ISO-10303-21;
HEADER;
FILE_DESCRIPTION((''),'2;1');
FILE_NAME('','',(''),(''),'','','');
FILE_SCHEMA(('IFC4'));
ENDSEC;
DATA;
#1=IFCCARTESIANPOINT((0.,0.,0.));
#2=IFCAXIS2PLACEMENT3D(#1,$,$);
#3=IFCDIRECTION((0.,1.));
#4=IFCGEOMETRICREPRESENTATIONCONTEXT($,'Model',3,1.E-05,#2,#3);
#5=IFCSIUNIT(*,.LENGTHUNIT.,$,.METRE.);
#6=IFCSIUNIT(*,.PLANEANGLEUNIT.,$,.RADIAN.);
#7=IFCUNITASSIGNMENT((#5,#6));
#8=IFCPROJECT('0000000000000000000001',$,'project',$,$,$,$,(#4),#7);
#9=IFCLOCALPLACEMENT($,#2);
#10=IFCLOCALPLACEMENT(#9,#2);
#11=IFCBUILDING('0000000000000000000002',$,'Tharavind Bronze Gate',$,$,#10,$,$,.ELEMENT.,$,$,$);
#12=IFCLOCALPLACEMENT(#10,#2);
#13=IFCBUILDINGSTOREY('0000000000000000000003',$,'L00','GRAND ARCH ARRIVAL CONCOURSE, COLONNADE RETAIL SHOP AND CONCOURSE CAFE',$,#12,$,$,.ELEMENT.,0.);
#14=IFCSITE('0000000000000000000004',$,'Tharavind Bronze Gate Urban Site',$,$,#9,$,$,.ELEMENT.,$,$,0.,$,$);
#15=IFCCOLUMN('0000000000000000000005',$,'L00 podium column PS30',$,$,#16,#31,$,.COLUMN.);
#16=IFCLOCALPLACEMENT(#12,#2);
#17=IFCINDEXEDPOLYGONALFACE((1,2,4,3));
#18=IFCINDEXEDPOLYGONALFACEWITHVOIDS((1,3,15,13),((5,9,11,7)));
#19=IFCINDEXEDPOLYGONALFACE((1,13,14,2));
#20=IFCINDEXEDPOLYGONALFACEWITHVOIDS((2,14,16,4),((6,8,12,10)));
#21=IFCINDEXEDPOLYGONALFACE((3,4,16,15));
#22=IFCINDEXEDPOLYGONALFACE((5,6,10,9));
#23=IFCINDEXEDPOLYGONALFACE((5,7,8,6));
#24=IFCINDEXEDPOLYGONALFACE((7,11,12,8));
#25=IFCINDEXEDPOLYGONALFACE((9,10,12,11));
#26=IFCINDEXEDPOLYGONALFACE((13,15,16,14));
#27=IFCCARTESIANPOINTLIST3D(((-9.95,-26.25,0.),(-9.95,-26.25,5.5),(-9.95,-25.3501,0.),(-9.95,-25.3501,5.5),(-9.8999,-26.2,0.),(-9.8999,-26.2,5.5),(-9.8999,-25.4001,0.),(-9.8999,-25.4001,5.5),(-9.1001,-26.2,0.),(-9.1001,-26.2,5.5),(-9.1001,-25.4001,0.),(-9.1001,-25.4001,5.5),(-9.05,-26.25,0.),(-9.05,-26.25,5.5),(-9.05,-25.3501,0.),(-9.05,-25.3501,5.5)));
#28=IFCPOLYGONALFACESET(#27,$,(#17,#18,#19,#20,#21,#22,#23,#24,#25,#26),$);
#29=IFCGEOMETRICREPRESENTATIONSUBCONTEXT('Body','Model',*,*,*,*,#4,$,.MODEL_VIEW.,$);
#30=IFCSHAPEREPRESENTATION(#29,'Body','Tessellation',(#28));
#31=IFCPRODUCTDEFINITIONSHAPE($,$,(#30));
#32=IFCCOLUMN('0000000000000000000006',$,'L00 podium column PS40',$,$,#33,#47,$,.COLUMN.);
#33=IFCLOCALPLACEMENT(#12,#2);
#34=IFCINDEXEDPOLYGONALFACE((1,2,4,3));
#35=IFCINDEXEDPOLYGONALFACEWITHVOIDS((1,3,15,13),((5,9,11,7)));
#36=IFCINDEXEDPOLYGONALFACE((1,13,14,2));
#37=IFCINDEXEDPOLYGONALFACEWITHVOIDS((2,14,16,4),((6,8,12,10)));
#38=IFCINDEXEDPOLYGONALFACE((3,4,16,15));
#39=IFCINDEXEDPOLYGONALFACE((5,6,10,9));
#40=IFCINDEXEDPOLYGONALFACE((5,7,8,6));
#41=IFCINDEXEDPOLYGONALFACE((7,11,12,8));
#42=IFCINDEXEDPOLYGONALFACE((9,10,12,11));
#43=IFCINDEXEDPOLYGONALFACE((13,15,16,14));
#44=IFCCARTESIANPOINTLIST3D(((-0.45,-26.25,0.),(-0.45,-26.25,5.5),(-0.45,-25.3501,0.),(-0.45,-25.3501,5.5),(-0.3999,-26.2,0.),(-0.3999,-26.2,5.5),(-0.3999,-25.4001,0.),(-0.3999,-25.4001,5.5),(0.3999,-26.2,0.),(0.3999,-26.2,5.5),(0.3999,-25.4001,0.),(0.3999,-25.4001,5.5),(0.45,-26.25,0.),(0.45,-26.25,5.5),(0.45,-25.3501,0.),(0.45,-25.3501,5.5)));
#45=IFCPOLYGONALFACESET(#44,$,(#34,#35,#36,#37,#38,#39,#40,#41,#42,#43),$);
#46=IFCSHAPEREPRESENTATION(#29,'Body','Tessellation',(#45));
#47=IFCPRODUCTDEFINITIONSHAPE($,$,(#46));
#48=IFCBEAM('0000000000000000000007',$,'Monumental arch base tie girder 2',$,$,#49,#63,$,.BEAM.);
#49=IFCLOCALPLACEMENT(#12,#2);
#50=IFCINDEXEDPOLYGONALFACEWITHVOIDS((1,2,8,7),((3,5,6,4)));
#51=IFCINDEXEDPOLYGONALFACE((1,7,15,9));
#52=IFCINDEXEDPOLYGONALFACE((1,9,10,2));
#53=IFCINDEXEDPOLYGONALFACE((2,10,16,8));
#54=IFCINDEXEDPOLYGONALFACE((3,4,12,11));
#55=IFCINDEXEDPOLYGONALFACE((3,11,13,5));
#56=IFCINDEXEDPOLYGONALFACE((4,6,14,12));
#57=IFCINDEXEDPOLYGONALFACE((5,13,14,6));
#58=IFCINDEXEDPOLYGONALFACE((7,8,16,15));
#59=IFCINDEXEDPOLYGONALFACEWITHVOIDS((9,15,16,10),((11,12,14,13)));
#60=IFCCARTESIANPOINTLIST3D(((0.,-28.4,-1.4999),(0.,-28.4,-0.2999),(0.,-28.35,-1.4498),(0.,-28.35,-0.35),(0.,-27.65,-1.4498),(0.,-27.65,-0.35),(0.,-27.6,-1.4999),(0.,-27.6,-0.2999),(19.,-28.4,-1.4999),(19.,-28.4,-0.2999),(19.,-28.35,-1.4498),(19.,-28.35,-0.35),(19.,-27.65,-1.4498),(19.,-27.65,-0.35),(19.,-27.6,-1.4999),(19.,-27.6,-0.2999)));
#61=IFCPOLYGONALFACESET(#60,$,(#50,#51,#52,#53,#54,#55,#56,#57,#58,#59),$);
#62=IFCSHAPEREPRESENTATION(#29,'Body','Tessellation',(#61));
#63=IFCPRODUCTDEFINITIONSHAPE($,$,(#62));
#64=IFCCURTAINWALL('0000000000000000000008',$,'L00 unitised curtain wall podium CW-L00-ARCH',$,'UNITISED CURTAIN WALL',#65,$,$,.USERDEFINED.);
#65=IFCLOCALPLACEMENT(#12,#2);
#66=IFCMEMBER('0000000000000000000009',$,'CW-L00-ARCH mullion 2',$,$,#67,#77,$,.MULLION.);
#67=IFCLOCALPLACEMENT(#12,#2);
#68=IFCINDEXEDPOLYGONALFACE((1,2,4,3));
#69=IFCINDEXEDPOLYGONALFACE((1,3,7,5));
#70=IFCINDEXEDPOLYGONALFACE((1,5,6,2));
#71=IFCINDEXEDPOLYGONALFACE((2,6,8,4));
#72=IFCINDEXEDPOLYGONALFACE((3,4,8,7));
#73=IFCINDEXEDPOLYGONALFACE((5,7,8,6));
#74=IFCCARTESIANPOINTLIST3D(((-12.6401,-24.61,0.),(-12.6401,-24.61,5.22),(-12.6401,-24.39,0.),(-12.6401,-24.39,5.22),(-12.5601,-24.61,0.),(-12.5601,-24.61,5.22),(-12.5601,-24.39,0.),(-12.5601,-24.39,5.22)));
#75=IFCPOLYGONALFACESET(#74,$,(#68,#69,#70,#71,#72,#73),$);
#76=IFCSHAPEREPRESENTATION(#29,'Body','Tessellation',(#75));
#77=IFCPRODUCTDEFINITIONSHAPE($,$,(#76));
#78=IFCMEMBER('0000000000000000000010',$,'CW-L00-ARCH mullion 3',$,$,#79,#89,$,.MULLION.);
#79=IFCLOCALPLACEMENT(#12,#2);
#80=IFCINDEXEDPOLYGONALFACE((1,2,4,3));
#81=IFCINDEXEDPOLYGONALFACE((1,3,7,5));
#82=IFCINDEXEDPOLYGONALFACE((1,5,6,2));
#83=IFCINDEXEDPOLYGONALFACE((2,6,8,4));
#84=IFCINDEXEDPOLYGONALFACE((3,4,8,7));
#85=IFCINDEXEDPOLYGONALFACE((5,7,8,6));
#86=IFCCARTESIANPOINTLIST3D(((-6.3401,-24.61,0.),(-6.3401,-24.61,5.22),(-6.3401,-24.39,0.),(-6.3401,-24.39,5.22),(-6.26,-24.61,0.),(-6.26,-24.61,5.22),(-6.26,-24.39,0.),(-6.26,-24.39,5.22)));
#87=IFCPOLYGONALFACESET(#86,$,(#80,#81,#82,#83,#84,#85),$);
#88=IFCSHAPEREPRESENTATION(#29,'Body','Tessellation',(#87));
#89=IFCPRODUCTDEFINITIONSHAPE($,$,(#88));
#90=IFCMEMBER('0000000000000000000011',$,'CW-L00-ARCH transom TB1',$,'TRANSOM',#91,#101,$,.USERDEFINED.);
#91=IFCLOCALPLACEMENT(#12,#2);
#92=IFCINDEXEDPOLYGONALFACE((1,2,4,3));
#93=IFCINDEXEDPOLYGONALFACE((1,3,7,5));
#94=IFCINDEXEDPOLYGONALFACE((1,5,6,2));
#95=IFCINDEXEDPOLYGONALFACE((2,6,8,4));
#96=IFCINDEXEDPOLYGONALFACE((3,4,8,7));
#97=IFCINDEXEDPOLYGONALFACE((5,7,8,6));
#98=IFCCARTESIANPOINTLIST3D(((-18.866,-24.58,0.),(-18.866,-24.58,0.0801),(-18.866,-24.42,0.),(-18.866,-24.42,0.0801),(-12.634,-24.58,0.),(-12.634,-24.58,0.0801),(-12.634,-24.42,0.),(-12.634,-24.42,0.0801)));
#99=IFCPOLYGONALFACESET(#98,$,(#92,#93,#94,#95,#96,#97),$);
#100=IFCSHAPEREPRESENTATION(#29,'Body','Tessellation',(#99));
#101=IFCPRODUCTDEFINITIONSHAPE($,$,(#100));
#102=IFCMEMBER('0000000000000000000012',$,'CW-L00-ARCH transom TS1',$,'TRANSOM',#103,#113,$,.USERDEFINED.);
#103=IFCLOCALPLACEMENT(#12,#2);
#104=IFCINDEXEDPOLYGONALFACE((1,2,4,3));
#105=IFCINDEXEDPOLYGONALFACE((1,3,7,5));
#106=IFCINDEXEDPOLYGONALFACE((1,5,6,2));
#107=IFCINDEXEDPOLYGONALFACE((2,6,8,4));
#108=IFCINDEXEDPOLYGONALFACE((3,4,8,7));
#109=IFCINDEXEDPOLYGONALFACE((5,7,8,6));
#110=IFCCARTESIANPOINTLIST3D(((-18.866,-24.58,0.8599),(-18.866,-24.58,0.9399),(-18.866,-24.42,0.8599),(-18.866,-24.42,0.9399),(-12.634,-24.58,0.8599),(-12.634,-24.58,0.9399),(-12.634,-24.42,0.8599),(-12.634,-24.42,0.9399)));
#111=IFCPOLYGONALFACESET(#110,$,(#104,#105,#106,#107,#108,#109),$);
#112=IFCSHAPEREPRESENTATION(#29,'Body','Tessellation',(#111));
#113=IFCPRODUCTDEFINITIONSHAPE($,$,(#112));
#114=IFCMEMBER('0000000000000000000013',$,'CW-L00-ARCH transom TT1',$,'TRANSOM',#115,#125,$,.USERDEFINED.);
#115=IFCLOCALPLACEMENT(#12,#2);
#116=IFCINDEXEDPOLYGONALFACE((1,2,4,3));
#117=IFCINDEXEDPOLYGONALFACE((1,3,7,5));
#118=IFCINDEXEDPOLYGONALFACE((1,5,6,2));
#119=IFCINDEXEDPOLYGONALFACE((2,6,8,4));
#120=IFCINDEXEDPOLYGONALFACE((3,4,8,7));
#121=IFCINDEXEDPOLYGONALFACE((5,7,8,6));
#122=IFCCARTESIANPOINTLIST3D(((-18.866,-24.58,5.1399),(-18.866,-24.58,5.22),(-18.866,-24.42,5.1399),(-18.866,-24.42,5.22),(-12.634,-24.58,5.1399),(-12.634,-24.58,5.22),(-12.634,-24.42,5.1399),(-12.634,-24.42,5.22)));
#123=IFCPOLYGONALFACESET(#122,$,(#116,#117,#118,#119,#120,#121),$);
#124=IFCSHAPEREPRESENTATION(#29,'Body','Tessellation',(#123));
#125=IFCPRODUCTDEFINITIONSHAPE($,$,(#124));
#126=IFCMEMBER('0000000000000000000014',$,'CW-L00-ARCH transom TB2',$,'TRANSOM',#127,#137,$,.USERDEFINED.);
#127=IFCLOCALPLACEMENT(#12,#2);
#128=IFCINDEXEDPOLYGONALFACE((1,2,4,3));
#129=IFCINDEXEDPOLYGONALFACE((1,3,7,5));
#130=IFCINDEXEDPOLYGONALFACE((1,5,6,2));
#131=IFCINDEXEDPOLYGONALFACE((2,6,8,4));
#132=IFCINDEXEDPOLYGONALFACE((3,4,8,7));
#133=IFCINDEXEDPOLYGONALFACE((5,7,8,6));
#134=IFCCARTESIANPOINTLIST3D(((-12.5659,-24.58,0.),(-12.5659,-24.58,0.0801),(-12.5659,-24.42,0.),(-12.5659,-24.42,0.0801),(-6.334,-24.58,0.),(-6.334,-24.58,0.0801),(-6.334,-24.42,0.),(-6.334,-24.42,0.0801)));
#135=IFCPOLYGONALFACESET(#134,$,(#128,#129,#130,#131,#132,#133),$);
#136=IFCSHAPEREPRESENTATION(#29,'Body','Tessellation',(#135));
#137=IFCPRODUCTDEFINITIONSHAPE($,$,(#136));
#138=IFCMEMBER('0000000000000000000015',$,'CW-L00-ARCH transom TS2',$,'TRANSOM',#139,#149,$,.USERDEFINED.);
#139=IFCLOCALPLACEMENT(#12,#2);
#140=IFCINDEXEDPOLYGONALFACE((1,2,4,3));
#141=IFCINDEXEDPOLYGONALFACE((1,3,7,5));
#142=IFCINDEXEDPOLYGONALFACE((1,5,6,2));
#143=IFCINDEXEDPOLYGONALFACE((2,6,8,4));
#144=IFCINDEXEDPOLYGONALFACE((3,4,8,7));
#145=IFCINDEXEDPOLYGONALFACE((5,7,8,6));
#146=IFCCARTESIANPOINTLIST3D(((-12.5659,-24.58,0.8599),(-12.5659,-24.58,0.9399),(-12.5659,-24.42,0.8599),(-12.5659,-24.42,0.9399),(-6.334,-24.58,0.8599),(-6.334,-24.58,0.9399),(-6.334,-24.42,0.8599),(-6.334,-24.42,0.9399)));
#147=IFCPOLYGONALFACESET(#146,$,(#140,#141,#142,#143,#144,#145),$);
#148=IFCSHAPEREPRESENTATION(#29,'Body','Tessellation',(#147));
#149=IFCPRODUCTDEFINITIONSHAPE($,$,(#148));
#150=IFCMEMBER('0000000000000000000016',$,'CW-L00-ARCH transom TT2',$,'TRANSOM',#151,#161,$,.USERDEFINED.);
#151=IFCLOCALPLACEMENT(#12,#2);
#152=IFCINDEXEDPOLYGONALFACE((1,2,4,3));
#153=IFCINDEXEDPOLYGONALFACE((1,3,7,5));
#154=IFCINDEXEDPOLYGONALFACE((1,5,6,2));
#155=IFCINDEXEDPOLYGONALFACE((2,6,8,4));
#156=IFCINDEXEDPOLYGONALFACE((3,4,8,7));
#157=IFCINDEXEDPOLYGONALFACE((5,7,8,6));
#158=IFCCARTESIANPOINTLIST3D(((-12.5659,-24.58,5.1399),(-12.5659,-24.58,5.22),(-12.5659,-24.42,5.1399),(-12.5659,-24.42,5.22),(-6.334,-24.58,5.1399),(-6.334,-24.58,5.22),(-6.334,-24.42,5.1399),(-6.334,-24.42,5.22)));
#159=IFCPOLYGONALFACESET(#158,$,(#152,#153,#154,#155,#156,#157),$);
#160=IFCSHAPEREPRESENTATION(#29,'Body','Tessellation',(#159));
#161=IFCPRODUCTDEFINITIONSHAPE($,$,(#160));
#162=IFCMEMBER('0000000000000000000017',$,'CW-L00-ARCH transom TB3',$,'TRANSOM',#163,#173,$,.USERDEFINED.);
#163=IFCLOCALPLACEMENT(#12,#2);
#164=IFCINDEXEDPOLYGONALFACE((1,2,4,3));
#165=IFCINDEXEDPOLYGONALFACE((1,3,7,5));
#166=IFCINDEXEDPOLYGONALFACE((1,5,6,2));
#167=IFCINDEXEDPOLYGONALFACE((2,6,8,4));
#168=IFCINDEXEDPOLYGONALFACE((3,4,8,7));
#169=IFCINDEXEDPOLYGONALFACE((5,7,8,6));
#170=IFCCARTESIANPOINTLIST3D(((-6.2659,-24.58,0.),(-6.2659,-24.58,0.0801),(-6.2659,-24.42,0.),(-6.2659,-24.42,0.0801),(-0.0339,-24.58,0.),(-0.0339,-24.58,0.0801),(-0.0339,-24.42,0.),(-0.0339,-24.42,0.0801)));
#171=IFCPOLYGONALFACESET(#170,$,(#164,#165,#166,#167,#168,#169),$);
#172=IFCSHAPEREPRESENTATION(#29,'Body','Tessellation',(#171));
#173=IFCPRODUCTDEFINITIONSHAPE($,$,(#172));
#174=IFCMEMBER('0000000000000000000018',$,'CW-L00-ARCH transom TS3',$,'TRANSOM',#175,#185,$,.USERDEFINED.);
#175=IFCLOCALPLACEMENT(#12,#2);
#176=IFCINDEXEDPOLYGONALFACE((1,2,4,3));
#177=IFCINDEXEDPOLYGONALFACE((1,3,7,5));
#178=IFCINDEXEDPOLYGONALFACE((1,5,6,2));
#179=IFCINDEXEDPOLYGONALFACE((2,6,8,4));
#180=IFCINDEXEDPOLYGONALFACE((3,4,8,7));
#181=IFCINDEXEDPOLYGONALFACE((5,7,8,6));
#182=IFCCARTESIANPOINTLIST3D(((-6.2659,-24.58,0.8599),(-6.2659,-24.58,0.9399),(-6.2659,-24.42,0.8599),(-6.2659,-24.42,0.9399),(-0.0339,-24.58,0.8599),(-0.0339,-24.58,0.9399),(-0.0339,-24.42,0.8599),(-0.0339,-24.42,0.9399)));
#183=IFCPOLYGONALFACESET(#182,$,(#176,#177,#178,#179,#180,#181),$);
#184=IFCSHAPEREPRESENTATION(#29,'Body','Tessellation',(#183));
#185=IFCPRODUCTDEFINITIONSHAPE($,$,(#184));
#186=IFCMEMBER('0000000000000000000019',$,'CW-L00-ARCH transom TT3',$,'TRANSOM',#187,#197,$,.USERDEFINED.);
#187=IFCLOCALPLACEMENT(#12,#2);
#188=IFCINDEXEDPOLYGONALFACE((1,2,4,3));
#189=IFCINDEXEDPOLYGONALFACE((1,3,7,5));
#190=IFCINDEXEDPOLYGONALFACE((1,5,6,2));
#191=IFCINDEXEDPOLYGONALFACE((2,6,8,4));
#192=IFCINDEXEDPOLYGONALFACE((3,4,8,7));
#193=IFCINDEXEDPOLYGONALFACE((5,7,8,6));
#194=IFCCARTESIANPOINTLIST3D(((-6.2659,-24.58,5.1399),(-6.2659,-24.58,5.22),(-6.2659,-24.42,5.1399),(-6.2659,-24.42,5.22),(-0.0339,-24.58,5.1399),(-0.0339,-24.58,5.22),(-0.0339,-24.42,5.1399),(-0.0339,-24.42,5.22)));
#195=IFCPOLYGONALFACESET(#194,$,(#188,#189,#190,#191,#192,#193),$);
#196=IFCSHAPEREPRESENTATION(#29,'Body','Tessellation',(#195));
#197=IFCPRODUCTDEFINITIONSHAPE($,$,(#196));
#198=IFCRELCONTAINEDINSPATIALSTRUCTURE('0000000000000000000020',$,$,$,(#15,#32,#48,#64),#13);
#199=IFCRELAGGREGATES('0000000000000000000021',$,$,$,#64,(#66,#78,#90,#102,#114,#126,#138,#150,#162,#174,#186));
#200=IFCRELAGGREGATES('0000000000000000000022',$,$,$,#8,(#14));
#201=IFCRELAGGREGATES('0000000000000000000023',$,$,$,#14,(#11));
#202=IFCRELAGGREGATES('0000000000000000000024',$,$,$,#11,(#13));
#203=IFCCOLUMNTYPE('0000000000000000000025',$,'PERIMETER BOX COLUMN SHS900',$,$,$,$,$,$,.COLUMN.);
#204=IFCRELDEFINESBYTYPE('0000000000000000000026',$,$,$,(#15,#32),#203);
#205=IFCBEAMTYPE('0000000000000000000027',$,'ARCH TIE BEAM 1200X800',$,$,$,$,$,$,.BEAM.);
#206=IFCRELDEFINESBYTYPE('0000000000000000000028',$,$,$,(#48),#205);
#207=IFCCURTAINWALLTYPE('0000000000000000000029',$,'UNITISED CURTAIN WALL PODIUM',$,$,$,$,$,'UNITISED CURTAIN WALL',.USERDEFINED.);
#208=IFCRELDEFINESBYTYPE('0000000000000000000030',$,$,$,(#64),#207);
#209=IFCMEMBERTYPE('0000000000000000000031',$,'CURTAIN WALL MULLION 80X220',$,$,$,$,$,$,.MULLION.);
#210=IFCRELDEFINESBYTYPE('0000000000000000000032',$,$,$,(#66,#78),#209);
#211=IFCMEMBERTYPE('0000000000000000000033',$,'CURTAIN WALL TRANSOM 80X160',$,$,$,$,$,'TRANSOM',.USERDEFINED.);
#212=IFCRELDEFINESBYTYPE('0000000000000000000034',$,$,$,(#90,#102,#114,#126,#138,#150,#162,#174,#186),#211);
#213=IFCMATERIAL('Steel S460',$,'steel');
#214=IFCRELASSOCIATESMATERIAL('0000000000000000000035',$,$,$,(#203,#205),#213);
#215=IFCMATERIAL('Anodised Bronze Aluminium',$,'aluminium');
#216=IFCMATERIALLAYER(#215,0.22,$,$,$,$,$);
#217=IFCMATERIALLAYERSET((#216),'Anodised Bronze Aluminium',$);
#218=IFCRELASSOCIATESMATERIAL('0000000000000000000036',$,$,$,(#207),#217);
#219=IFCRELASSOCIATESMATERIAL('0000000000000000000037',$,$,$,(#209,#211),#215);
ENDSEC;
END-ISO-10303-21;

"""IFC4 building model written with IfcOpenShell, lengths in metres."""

from ifc_helpers import new_model, si_unit, direction, frame, origin, origin_2d, place, context, subcontext, project, spatial, rectangle, hollow_rectangle, extrude, material, layer, layer_set, material_profile, profile_set, type_object, element, aggregate, save


model = new_model("IFC4")

# Units and contexts
model_context = context("Model", 3, precision=1e-05, world=origin(), true_north=direction((0.0, 1.0)))
body_context = subcontext(model_context, "Body", "Model", "MODEL_VIEW")
ifc_project = project(units=[si_unit("LENGTHUNIT", "METRE"), si_unit("PLANEANGLEUNIT", "RADIAN")], contexts=[model_context])

# Site, building, storey
site_placement = place(None, origin())
site = spatial("IfcSite", under=ifc_project, at=site_placement, Name="Tharavind Bronze Gate Urban Site", CompositionType="ELEMENT", RefElevation=0.0)
building_placement = place(site_placement, origin())
building = spatial("IfcBuilding", under=site, at=building_placement, Name="Tharavind Bronze Gate", CompositionType="ELEMENT")
storey_placement = place(building_placement, origin())
storey = spatial("IfcBuildingStorey", under=building, at=storey_placement, Name="L00", Description="GRAND ARCH ARRIVAL CONCOURSE, COLONNADE RETAIL SHOP AND CONCOURSE CAFE", CompositionType="ELEMENT", Elevation=0.0)

# Columns
ifc_material_1 = material(Name="Steel S460", Category="steel")
ifc_material_profile_1 = material_profile(ifc_material_1, hollow_rectangle(XDim=0.8999, YDim=0.8999, WallThickness=0.05, at=origin_2d()), Name="SHS900X50")
ifc_profile_set_1 = profile_set([ifc_material_profile_1], Name="Steel S460")
column_type = type_object("IfcColumnType", Name="PERIMETER BOX COLUMN SHS900", PredefinedType="COLUMN", material=ifc_profile_set_1)
for number, where, z_axis, x_axis, name in (
    (1, (-9.5, -25.8, 0.0), (0.0, 0.0, 1.0), (1.0, 0.0, 0.0), "L00 podium column PS30"),
    (2, (0.0, -25.8, 0.0), (0.0, 0.0, 1.0), (1.0, 0.0, 0.0), "L00 podium column PS40"),
):
    element("IfcColumn", number, at=place(storey_placement, frame(where, z_axis=z_axis, x_axis=x_axis)), inside=storey, type_object=column_type, Name=name, PredefinedType="COLUMN", context=body_context, shape_type="SweptSolid", body=[
        extrude(hollow_rectangle(XDim=0.8999, YDim=0.8999, WallThickness=0.05, at=origin_2d()), origin(), (0.0, 0.0, 1.0), 5.5),
    ])

# Beam
ifc_material_profile_2 = material_profile(ifc_material_1, hollow_rectangle(XDim=0.8, YDim=1.2, WallThickness=0.05, at=origin_2d()), Name="RHS1200X800X50")
ifc_profile_set_2 = profile_set([ifc_material_profile_2], Name="Steel S460")
beam_type_1 = type_object("IfcBeamType", Name="ARCH TIE BEAM 1200X800", PredefinedType="BEAM", material=ifc_profile_set_2)
beam_1_placement = place(storey_placement, frame((0.0, -28.0, -0.8999), z_axis=(1.0, 0.0, 0.0), x_axis=(0.0, 1.0, 0.0)))
element("IfcBeam", 3, at=beam_1_placement, inside=storey, type_object=beam_type_1, Name="Monumental arch base tie girder 2", PredefinedType="BEAM", context=body_context, shape_type="SweptSolid", body=[
    extrude(hollow_rectangle(XDim=0.8, YDim=1.2, WallThickness=0.05, at=origin_2d()), origin(), (0.0, 0.0, 1.0), 19.0),
])

# Curtain wall, members
ifc_material_2 = material(Name="Anodised Bronze Aluminium", Category="aluminium")
ifc_layer_1 = layer(ifc_material_2, 0.22)
ifc_layer_set_1 = layer_set([ifc_layer_1], Name="Anodised Bronze Aluminium")
curtain_wall_type = type_object("IfcCurtainWallType", Name="UNITISED CURTAIN WALL PODIUM", ElementType="UNITISED CURTAIN WALL", PredefinedType="USERDEFINED", material=ifc_layer_set_1)
curtain_wall_placement = place(storey_placement, origin())
curtain_wall = element("IfcCurtainWall", 4, at=curtain_wall_placement, inside=storey, type_object=curtain_wall_type, Name="L00 unitised curtain wall podium CW-L00-ARCH", ObjectType="UNITISED CURTAIN WALL", PredefinedType="USERDEFINED")
member_type_1 = type_object("IfcMemberType", Name="CURTAIN WALL MULLION 80X220", PredefinedType="MULLION", material=ifc_material_2)
member_1_placement = place(storey_placement, frame((-12.6001, -24.5, 0.0), z_axis=(0.0, 0.0, 1.0), x_axis=(1.0, 0.0, 0.0)))
member_1 = element("IfcMember", 5, at=member_1_placement, type_object=member_type_1, Name="CW-L00-ARCH mullion 2", PredefinedType="MULLION", context=body_context, shape_type="SweptSolid", body=[
    extrude(rectangle(XDim=0.0801, YDim=0.22, at=origin_2d()), origin(), (0.0, 0.0, 1.0), 5.22),
])
member_2_placement = place(storey_placement, frame((-6.3, -24.5, 0.0), z_axis=(0.0, 0.0, 1.0), x_axis=(1.0, 0.0, 0.0)))
member_2 = element("IfcMember", 6, at=member_2_placement, type_object=member_type_1, Name="CW-L00-ARCH mullion 3", PredefinedType="MULLION", context=body_context, shape_type="SweptSolid", body=[
    extrude(rectangle(XDim=0.0801, YDim=0.22, at=origin_2d()), origin(), (0.0, 0.0, 1.0), 5.22),
])
member_type_2 = type_object("IfcMemberType", Name="CURTAIN WALL TRANSOM 80X160", ElementType="TRANSOM", PredefinedType="USERDEFINED", material=ifc_material_2)
member_3_placement = place(storey_placement, frame((-15.75, -24.5, 0.0), z_axis=(0.0, 0.0, 1.0), x_axis=(1.0, 0.0, 0.0)))
member_3 = element("IfcMember", 7, at=member_3_placement, type_object=member_type_2, Name="CW-L00-ARCH transom TB1", ObjectType="TRANSOM", PredefinedType="USERDEFINED", context=body_context, shape_type="SweptSolid", body=[
    extrude(rectangle(XDim=6.2319, YDim=0.1599, at=origin_2d()), origin(), (0.0, 0.0, 1.0), 0.0801),
])
member_4_placement = place(storey_placement, frame((-15.75, -24.5, 0.8599), z_axis=(0.0, 0.0, 1.0), x_axis=(1.0, 0.0, 0.0)))
member_4 = element("IfcMember", 8, at=member_4_placement, type_object=member_type_2, Name="CW-L00-ARCH transom TS1", ObjectType="TRANSOM", PredefinedType="USERDEFINED", context=body_context, shape_type="SweptSolid", body=[
    extrude(rectangle(XDim=6.2319, YDim=0.1599, at=origin_2d()), origin(), (0.0, 0.0, 1.0), 0.0801),
])
member_5_placement = place(storey_placement, frame((-15.75, -24.5, 5.1399), z_axis=(0.0, 0.0, 1.0), x_axis=(1.0, 0.0, 0.0)))
member_5 = element("IfcMember", 9, at=member_5_placement, type_object=member_type_2, Name="CW-L00-ARCH transom TT1", ObjectType="TRANSOM", PredefinedType="USERDEFINED", context=body_context, shape_type="SweptSolid", body=[
    extrude(rectangle(XDim=6.2319, YDim=0.1599, at=origin_2d()), origin(), (0.0, 0.0, 1.0), 0.0801),
])
member_6_placement = place(storey_placement, frame((-9.45, -24.5, 0.0), z_axis=(0.0, 0.0, 1.0), x_axis=(1.0, 0.0, 0.0)))
member_6 = element("IfcMember", 10, at=member_6_placement, type_object=member_type_2, Name="CW-L00-ARCH transom TB2", ObjectType="TRANSOM", PredefinedType="USERDEFINED", context=body_context, shape_type="SweptSolid", body=[
    extrude(rectangle(XDim=6.2319, YDim=0.1599, at=origin_2d()), origin(), (0.0, 0.0, 1.0), 0.0801),
])
member_7_placement = place(storey_placement, frame((-9.45, -24.5, 0.8599), z_axis=(0.0, 0.0, 1.0), x_axis=(1.0, 0.0, 0.0)))
member_7 = element("IfcMember", 11, at=member_7_placement, type_object=member_type_2, Name="CW-L00-ARCH transom TS2", ObjectType="TRANSOM", PredefinedType="USERDEFINED", context=body_context, shape_type="SweptSolid", body=[
    extrude(rectangle(XDim=6.2319, YDim=0.1599, at=origin_2d()), origin(), (0.0, 0.0, 1.0), 0.0801),
])
member_8_placement = place(storey_placement, frame((-9.45, -24.5, 5.1399), z_axis=(0.0, 0.0, 1.0), x_axis=(1.0, 0.0, 0.0)))
member_8 = element("IfcMember", 12, at=member_8_placement, type_object=member_type_2, Name="CW-L00-ARCH transom TT2", ObjectType="TRANSOM", PredefinedType="USERDEFINED", context=body_context, shape_type="SweptSolid", body=[
    extrude(rectangle(XDim=6.2319, YDim=0.1599, at=origin_2d()), origin(), (0.0, 0.0, 1.0), 0.0801),
])
member_9_placement = place(storey_placement, frame((-3.1499, -24.5, 0.0), z_axis=(0.0, 0.0, 1.0), x_axis=(1.0, 0.0, 0.0)))
member_9 = element("IfcMember", 13, at=member_9_placement, type_object=member_type_2, Name="CW-L00-ARCH transom TB3", ObjectType="TRANSOM", PredefinedType="USERDEFINED", context=body_context, shape_type="SweptSolid", body=[
    extrude(rectangle(XDim=6.2319, YDim=0.1599, at=origin_2d()), origin(), (0.0, 0.0, 1.0), 0.0801),
])
member_10_placement = place(storey_placement, frame((-3.1499, -24.5, 0.8599), z_axis=(0.0, 0.0, 1.0), x_axis=(1.0, 0.0, 0.0)))
member_10 = element("IfcMember", 14, at=member_10_placement, type_object=member_type_2, Name="CW-L00-ARCH transom TS3", ObjectType="TRANSOM", PredefinedType="USERDEFINED", context=body_context, shape_type="SweptSolid", body=[
    extrude(rectangle(XDim=6.2319, YDim=0.1599, at=origin_2d()), origin(), (0.0, 0.0, 1.0), 0.0801),
])
member_11_placement = place(storey_placement, frame((-3.1499, -24.5, 5.1399), z_axis=(0.0, 0.0, 1.0), x_axis=(1.0, 0.0, 0.0)))
member_11 = element("IfcMember", 15, at=member_11_placement, type_object=member_type_2, Name="CW-L00-ARCH transom TT3", ObjectType="TRANSOM", PredefinedType="USERDEFINED", context=body_context, shape_type="SweptSolid", body=[
    extrude(rectangle(XDim=6.2319, YDim=0.1599, at=origin_2d()), origin(), (0.0, 0.0, 1.0), 0.0801),
])

aggregate(curtain_wall, [member_1, member_2, member_3, member_4, member_5, member_6, member_7, member_8, member_9, member_10, member_11])

save(model, "model.ifc")
